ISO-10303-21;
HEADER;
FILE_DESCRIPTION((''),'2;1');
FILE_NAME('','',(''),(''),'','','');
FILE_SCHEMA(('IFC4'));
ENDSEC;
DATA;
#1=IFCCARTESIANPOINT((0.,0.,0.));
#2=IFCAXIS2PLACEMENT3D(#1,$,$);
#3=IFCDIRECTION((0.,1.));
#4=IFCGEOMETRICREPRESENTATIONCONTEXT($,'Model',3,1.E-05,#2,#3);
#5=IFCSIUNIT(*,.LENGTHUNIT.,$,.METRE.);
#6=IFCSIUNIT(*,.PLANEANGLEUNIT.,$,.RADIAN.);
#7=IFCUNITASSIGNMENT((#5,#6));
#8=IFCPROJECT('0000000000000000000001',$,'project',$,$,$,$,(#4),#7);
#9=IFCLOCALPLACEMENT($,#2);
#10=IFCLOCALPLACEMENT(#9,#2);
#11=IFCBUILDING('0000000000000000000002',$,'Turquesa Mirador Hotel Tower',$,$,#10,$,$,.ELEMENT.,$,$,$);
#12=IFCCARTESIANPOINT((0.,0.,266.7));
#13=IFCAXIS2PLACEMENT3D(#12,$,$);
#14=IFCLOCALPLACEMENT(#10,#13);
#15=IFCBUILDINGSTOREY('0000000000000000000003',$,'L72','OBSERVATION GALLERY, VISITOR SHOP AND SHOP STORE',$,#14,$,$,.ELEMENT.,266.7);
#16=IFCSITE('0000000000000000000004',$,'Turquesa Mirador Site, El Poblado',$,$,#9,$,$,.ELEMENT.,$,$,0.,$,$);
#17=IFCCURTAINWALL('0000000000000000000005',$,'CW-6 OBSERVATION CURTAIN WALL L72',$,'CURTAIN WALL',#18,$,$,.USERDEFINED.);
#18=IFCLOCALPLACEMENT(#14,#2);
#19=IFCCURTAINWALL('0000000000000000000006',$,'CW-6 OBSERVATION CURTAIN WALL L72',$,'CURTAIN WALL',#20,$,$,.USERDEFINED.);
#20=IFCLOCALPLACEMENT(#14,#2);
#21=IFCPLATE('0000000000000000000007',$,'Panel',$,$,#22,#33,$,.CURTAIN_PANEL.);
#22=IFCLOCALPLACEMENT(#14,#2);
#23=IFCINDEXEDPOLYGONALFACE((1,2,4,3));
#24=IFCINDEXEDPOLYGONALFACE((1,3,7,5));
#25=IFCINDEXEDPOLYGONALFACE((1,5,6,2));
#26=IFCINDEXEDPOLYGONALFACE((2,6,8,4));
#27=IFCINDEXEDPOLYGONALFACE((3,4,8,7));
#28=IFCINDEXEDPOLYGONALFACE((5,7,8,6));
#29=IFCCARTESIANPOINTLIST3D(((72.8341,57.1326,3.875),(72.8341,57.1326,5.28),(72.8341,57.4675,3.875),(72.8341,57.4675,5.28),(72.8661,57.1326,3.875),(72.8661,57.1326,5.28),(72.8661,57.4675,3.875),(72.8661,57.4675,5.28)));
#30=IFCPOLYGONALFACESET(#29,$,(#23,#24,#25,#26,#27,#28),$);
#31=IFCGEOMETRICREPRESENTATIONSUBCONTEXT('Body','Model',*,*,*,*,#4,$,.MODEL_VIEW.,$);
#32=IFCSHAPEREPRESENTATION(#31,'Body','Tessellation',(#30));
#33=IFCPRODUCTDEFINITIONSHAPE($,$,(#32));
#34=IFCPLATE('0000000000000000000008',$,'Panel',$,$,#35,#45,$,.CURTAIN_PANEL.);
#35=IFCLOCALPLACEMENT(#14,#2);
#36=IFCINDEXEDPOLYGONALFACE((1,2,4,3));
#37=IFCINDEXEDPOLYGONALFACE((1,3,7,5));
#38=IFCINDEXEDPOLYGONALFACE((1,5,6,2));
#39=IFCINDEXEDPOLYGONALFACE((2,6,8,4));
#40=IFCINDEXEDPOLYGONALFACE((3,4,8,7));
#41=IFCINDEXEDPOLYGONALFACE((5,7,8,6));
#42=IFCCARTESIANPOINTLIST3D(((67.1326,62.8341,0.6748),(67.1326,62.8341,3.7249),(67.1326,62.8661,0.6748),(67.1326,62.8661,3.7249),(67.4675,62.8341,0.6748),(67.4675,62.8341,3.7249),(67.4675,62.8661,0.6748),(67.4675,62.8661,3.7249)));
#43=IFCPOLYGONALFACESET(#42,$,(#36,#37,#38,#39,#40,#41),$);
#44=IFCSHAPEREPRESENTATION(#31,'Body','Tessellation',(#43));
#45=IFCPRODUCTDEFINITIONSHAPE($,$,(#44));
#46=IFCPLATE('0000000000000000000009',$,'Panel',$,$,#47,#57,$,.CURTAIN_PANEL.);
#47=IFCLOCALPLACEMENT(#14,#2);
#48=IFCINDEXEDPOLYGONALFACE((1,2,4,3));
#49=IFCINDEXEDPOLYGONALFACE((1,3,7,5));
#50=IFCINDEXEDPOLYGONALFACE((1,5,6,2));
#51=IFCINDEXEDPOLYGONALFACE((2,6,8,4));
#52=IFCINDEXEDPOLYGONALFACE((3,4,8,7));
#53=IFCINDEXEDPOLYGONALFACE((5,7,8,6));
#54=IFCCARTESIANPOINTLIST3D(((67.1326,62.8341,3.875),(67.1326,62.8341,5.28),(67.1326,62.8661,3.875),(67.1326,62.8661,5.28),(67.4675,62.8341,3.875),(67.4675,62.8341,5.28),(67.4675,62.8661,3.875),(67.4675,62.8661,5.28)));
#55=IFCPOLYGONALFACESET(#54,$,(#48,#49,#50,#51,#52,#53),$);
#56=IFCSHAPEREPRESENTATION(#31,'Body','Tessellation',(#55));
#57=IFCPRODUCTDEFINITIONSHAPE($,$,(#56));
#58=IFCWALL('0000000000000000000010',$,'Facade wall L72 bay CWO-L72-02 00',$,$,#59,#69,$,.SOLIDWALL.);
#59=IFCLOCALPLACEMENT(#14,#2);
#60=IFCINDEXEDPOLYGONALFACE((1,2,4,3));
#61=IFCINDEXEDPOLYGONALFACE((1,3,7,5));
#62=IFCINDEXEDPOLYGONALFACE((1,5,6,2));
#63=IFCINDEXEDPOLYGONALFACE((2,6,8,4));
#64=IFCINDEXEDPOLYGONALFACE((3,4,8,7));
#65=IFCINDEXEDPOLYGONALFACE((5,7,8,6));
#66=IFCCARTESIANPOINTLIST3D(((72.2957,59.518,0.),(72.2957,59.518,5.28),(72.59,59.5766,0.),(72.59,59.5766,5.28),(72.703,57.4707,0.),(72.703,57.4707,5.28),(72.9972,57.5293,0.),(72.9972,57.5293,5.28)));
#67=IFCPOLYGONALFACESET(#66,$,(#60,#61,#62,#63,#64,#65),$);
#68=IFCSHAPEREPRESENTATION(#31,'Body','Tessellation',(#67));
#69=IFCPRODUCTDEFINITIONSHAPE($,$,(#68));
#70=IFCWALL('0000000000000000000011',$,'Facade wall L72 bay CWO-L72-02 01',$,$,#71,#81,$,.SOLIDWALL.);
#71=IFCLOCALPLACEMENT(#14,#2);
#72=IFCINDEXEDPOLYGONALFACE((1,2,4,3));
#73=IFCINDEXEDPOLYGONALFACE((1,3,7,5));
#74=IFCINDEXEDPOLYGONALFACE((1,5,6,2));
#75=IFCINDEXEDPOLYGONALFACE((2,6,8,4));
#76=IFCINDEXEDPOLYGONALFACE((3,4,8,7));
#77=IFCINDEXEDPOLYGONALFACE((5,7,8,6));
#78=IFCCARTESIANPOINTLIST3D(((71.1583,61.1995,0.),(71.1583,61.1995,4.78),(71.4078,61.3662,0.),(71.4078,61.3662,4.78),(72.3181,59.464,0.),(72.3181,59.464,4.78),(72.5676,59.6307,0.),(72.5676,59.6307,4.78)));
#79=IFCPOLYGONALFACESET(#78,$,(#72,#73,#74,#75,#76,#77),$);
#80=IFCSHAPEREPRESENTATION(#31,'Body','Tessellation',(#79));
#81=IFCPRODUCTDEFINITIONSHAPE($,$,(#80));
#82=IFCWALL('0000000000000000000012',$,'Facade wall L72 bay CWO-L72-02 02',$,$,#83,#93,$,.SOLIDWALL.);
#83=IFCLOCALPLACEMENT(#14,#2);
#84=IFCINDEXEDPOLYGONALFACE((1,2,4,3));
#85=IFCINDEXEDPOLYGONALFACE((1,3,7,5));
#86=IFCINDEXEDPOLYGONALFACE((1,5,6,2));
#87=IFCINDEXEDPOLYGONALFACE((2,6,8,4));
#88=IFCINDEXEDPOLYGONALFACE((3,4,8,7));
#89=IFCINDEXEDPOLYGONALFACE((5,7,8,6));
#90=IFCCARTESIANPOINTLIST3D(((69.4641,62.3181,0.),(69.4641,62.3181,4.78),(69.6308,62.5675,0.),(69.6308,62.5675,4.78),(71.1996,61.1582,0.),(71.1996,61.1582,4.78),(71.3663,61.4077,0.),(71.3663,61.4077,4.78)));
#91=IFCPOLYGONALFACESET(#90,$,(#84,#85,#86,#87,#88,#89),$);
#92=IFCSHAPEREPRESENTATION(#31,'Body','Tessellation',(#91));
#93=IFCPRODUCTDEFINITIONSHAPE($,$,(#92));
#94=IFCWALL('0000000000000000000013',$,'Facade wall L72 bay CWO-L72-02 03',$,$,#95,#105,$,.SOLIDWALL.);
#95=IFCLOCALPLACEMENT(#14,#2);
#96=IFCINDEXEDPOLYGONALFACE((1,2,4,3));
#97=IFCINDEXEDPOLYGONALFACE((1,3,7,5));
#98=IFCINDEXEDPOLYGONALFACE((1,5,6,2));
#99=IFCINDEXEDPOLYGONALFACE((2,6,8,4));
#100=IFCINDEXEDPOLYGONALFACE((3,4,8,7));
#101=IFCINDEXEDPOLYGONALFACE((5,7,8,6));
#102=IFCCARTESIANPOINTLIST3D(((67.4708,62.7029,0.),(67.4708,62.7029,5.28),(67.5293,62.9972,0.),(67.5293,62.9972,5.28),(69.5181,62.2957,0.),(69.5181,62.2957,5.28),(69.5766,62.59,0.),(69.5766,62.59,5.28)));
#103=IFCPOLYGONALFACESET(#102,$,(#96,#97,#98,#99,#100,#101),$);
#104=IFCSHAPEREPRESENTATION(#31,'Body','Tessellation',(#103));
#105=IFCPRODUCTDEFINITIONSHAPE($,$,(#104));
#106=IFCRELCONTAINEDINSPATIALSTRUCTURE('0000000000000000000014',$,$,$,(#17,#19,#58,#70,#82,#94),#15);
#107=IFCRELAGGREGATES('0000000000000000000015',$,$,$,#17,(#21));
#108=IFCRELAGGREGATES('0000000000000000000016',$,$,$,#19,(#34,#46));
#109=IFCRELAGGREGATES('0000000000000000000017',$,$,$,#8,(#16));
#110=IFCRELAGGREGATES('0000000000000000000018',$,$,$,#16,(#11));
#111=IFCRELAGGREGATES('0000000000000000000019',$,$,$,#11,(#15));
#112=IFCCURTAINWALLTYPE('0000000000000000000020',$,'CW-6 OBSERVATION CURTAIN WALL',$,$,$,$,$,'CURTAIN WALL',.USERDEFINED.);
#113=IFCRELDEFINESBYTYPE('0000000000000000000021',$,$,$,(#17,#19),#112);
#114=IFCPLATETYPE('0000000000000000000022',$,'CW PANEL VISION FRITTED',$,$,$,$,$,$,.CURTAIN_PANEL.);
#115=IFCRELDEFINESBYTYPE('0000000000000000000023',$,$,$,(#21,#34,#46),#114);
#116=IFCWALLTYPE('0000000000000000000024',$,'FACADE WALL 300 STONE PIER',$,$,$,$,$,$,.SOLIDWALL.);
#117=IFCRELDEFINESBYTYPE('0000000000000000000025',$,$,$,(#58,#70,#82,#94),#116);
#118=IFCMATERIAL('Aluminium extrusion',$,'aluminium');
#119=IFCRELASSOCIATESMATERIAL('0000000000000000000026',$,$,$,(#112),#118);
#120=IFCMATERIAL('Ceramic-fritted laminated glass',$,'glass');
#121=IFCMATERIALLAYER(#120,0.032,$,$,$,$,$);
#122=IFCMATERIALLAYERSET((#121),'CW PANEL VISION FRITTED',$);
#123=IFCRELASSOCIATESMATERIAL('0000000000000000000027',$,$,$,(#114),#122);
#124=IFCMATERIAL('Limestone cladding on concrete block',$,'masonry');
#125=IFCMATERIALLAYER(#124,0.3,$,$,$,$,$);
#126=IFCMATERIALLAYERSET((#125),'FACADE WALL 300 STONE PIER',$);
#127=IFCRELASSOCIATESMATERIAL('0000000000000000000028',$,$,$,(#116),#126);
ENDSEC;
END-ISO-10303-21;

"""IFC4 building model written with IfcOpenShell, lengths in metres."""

from ifc_helpers import new_model, si_unit, direction, frame, frame_2d, origin, origin_2d, place, context, subcontext, project, spatial, rectangle, extrude, material, layer, layer_set, type_object, element, aggregate, save


model = new_model("IFC4")

# Units and contexts
model_context = context("Model", 3, precision=1e-05, world=origin(), true_north=direction((0.0, 1.0)))
body_context = subcontext(model_context, "Body", "Model", "MODEL_VIEW")
ifc_project = project(units=[si_unit("LENGTHUNIT", "METRE"), si_unit("PLANEANGLEUNIT", "RADIAN")], contexts=[model_context])

# Site, building, storey
site_placement = place(None, origin())
site = spatial("IfcSite", under=ifc_project, at=site_placement, Name="Turquesa Mirador Site, El Poblado", CompositionType="ELEMENT", RefElevation=0.0)
building_placement = place(site_placement, origin())
building = spatial("IfcBuilding", under=site, at=building_placement, Name="Turquesa Mirador Hotel Tower", CompositionType="ELEMENT")
storey_placement = place(building_placement, frame((0.0, 0.0, 266.7)))
storey = spatial("IfcBuildingStorey", under=building, at=storey_placement, Name="L72", Description="OBSERVATION GALLERY, VISITOR SHOP AND SHOP STORE", CompositionType="ELEMENT", Elevation=266.7)

# Curtain wall
ifc_material_1 = material(Name="Aluminium extrusion", Category="aluminium")
curtain_wall_type = type_object("IfcCurtainWallType", Name="CW-6 OBSERVATION CURTAIN WALL", ElementType="CURTAIN WALL", PredefinedType="USERDEFINED", material=ifc_material_1)
curtain_wall_1_placement = place(storey_placement, origin())
curtain_wall_1 = element("IfcCurtainWall", 1, at=curtain_wall_1_placement, inside=storey, type_object=curtain_wall_type, Name="CW-6 OBSERVATION CURTAIN WALL L72", ObjectType="CURTAIN WALL", PredefinedType="USERDEFINED")

# Curtain wall
curtain_wall_2_placement = place(storey_placement, origin())
curtain_wall_2 = element("IfcCurtainWall", 2, at=curtain_wall_2_placement, inside=storey, type_object=curtain_wall_type, Name="CW-6 OBSERVATION CURTAIN WALL L72", ObjectType="CURTAIN WALL", PredefinedType="USERDEFINED")

# Plates
ifc_material_2 = material(Name="Ceramic-fritted laminated glass", Category="glass")
ifc_layer_1 = layer(ifc_material_2, 0.032)
ifc_layer_set_1 = layer_set([ifc_layer_1], Name="CW PANEL VISION FRITTED")
plate_type_1 = type_object("IfcPlateType", Name="CW PANEL VISION FRITTED", PredefinedType="CURTAIN_PANEL", material=ifc_layer_set_1)
plate_1_placement = place(storey_placement, frame((72.8501, 57.3, 3.875), z_axis=(0.0, 0.0, 1.0), x_axis=(0.0, 1.0, 0.0)))
plate_1 = element("IfcPlate", 3, at=plate_1_placement, type_object=plate_type_1, Name="Panel", PredefinedType="CURTAIN_PANEL", context=body_context, shape_type="SweptSolid", body=[
    extrude(rectangle(XDim=0.335, YDim=0.032, at=origin_2d()), origin(), (0.0, 0.0, 1.0), 1.405),
])
aggregate(curtain_wall_1, [plate_1])
plate_2_placement = place(storey_placement, frame((67.3, 62.8501, 0.6748), z_axis=(0.0, 0.0, 1.0), x_axis=(-1.0, 0.0, 0.0)))
plate_2 = element("IfcPlate", 4, at=plate_2_placement, type_object=plate_type_1, Name="Panel", PredefinedType="CURTAIN_PANEL", context=body_context, shape_type="SweptSolid", body=[
    extrude(rectangle(XDim=0.335, YDim=0.032, at=origin_2d()), origin(), (0.0, 0.0, 1.0), 3.05),
])
plate_3_placement = place(storey_placement, frame((67.3, 62.8501, 3.875), z_axis=(0.0, 0.0, 1.0), x_axis=(-1.0, 0.0, 0.0)))
plate_3 = element("IfcPlate", 5, at=plate_3_placement, type_object=plate_type_1, Name="Panel", PredefinedType="CURTAIN_PANEL", context=body_context, shape_type="SweptSolid", body=[
    extrude(rectangle(XDim=0.335, YDim=0.032, at=origin_2d()), origin(), (0.0, 0.0, 1.0), 1.405),
])
aggregate(curtain_wall_2, [plate_2, plate_3])

# Walls
ifc_material_3 = material(Name="Limestone cladding on concrete block", Category="masonry")
ifc_layer_2 = layer(ifc_material_3, 0.3)
ifc_layer_set_2 = layer_set([ifc_layer_2], Name="FACADE WALL 300 STONE PIER")
wall_type = type_object("IfcWallType", Name="FACADE WALL 300 STONE PIER", PredefinedType="SOLIDWALL", material=ifc_layer_set_2)
wall_1_placement = place(storey_placement, frame((72.8501, 57.5, 0.0), z_axis=(0.0, 0.0, 1.0), x_axis=(-0.195081, 0.980787, 0.0)))
element("IfcWall", 6, at=wall_1_placement, inside=storey, type_object=wall_type, Name="Facade wall L72 bay CWO-L72-02 00", PredefinedType="SOLIDWALL", context=body_context, shape_type="SweptSolid", body=[
    extrude(rectangle(XDim=2.0874, YDim=0.3, at=frame_2d((1.0437, 0.0))), origin(), (0.0, 0.0, 1.0), 5.28),
])
for number, where, z_axis, x_axis, name in (
    (7, (72.4429, 59.5474, 0.0), (0.0, 0.0, 1.0), (-0.555644, 0.83142, 0.0), "Facade wall L72 bay CWO-L72-02 01"),
    (8, (71.283, 61.283, 0.0), (0.0, 0.0, 1.0), (-0.83142, 0.555644, 0.0), "Facade wall L72 bay CWO-L72-02 02"),
):
    element("IfcWall", number, at=place(storey_placement, frame(where, z_axis=z_axis, x_axis=x_axis)), inside=storey, type_object=wall_type, Name=name, PredefinedType="SOLIDWALL", context=body_context, shape_type="SweptSolid", body=[
        extrude(rectangle(XDim=2.0874, YDim=0.3, at=frame_2d((1.0437, 0.0))), origin(), (0.0, 0.0, 1.0), 4.78),
    ])
wall_2_placement = place(storey_placement, frame((69.5474, 62.4429, 0.0), z_axis=(0.0, 0.0, 1.0), x_axis=(-0.980787, 0.195081, 0.0)))
element("IfcWall", 9, at=wall_2_placement, inside=storey, type_object=wall_type, Name="Facade wall L72 bay CWO-L72-02 03", PredefinedType="SOLIDWALL", context=body_context, shape_type="SweptSolid", body=[
    extrude(rectangle(XDim=2.0874, YDim=0.3, at=frame_2d((1.0437, 0.0))), origin(), (0.0, 0.0, 1.0), 5.28),
])

save(model, "model.ifc")
